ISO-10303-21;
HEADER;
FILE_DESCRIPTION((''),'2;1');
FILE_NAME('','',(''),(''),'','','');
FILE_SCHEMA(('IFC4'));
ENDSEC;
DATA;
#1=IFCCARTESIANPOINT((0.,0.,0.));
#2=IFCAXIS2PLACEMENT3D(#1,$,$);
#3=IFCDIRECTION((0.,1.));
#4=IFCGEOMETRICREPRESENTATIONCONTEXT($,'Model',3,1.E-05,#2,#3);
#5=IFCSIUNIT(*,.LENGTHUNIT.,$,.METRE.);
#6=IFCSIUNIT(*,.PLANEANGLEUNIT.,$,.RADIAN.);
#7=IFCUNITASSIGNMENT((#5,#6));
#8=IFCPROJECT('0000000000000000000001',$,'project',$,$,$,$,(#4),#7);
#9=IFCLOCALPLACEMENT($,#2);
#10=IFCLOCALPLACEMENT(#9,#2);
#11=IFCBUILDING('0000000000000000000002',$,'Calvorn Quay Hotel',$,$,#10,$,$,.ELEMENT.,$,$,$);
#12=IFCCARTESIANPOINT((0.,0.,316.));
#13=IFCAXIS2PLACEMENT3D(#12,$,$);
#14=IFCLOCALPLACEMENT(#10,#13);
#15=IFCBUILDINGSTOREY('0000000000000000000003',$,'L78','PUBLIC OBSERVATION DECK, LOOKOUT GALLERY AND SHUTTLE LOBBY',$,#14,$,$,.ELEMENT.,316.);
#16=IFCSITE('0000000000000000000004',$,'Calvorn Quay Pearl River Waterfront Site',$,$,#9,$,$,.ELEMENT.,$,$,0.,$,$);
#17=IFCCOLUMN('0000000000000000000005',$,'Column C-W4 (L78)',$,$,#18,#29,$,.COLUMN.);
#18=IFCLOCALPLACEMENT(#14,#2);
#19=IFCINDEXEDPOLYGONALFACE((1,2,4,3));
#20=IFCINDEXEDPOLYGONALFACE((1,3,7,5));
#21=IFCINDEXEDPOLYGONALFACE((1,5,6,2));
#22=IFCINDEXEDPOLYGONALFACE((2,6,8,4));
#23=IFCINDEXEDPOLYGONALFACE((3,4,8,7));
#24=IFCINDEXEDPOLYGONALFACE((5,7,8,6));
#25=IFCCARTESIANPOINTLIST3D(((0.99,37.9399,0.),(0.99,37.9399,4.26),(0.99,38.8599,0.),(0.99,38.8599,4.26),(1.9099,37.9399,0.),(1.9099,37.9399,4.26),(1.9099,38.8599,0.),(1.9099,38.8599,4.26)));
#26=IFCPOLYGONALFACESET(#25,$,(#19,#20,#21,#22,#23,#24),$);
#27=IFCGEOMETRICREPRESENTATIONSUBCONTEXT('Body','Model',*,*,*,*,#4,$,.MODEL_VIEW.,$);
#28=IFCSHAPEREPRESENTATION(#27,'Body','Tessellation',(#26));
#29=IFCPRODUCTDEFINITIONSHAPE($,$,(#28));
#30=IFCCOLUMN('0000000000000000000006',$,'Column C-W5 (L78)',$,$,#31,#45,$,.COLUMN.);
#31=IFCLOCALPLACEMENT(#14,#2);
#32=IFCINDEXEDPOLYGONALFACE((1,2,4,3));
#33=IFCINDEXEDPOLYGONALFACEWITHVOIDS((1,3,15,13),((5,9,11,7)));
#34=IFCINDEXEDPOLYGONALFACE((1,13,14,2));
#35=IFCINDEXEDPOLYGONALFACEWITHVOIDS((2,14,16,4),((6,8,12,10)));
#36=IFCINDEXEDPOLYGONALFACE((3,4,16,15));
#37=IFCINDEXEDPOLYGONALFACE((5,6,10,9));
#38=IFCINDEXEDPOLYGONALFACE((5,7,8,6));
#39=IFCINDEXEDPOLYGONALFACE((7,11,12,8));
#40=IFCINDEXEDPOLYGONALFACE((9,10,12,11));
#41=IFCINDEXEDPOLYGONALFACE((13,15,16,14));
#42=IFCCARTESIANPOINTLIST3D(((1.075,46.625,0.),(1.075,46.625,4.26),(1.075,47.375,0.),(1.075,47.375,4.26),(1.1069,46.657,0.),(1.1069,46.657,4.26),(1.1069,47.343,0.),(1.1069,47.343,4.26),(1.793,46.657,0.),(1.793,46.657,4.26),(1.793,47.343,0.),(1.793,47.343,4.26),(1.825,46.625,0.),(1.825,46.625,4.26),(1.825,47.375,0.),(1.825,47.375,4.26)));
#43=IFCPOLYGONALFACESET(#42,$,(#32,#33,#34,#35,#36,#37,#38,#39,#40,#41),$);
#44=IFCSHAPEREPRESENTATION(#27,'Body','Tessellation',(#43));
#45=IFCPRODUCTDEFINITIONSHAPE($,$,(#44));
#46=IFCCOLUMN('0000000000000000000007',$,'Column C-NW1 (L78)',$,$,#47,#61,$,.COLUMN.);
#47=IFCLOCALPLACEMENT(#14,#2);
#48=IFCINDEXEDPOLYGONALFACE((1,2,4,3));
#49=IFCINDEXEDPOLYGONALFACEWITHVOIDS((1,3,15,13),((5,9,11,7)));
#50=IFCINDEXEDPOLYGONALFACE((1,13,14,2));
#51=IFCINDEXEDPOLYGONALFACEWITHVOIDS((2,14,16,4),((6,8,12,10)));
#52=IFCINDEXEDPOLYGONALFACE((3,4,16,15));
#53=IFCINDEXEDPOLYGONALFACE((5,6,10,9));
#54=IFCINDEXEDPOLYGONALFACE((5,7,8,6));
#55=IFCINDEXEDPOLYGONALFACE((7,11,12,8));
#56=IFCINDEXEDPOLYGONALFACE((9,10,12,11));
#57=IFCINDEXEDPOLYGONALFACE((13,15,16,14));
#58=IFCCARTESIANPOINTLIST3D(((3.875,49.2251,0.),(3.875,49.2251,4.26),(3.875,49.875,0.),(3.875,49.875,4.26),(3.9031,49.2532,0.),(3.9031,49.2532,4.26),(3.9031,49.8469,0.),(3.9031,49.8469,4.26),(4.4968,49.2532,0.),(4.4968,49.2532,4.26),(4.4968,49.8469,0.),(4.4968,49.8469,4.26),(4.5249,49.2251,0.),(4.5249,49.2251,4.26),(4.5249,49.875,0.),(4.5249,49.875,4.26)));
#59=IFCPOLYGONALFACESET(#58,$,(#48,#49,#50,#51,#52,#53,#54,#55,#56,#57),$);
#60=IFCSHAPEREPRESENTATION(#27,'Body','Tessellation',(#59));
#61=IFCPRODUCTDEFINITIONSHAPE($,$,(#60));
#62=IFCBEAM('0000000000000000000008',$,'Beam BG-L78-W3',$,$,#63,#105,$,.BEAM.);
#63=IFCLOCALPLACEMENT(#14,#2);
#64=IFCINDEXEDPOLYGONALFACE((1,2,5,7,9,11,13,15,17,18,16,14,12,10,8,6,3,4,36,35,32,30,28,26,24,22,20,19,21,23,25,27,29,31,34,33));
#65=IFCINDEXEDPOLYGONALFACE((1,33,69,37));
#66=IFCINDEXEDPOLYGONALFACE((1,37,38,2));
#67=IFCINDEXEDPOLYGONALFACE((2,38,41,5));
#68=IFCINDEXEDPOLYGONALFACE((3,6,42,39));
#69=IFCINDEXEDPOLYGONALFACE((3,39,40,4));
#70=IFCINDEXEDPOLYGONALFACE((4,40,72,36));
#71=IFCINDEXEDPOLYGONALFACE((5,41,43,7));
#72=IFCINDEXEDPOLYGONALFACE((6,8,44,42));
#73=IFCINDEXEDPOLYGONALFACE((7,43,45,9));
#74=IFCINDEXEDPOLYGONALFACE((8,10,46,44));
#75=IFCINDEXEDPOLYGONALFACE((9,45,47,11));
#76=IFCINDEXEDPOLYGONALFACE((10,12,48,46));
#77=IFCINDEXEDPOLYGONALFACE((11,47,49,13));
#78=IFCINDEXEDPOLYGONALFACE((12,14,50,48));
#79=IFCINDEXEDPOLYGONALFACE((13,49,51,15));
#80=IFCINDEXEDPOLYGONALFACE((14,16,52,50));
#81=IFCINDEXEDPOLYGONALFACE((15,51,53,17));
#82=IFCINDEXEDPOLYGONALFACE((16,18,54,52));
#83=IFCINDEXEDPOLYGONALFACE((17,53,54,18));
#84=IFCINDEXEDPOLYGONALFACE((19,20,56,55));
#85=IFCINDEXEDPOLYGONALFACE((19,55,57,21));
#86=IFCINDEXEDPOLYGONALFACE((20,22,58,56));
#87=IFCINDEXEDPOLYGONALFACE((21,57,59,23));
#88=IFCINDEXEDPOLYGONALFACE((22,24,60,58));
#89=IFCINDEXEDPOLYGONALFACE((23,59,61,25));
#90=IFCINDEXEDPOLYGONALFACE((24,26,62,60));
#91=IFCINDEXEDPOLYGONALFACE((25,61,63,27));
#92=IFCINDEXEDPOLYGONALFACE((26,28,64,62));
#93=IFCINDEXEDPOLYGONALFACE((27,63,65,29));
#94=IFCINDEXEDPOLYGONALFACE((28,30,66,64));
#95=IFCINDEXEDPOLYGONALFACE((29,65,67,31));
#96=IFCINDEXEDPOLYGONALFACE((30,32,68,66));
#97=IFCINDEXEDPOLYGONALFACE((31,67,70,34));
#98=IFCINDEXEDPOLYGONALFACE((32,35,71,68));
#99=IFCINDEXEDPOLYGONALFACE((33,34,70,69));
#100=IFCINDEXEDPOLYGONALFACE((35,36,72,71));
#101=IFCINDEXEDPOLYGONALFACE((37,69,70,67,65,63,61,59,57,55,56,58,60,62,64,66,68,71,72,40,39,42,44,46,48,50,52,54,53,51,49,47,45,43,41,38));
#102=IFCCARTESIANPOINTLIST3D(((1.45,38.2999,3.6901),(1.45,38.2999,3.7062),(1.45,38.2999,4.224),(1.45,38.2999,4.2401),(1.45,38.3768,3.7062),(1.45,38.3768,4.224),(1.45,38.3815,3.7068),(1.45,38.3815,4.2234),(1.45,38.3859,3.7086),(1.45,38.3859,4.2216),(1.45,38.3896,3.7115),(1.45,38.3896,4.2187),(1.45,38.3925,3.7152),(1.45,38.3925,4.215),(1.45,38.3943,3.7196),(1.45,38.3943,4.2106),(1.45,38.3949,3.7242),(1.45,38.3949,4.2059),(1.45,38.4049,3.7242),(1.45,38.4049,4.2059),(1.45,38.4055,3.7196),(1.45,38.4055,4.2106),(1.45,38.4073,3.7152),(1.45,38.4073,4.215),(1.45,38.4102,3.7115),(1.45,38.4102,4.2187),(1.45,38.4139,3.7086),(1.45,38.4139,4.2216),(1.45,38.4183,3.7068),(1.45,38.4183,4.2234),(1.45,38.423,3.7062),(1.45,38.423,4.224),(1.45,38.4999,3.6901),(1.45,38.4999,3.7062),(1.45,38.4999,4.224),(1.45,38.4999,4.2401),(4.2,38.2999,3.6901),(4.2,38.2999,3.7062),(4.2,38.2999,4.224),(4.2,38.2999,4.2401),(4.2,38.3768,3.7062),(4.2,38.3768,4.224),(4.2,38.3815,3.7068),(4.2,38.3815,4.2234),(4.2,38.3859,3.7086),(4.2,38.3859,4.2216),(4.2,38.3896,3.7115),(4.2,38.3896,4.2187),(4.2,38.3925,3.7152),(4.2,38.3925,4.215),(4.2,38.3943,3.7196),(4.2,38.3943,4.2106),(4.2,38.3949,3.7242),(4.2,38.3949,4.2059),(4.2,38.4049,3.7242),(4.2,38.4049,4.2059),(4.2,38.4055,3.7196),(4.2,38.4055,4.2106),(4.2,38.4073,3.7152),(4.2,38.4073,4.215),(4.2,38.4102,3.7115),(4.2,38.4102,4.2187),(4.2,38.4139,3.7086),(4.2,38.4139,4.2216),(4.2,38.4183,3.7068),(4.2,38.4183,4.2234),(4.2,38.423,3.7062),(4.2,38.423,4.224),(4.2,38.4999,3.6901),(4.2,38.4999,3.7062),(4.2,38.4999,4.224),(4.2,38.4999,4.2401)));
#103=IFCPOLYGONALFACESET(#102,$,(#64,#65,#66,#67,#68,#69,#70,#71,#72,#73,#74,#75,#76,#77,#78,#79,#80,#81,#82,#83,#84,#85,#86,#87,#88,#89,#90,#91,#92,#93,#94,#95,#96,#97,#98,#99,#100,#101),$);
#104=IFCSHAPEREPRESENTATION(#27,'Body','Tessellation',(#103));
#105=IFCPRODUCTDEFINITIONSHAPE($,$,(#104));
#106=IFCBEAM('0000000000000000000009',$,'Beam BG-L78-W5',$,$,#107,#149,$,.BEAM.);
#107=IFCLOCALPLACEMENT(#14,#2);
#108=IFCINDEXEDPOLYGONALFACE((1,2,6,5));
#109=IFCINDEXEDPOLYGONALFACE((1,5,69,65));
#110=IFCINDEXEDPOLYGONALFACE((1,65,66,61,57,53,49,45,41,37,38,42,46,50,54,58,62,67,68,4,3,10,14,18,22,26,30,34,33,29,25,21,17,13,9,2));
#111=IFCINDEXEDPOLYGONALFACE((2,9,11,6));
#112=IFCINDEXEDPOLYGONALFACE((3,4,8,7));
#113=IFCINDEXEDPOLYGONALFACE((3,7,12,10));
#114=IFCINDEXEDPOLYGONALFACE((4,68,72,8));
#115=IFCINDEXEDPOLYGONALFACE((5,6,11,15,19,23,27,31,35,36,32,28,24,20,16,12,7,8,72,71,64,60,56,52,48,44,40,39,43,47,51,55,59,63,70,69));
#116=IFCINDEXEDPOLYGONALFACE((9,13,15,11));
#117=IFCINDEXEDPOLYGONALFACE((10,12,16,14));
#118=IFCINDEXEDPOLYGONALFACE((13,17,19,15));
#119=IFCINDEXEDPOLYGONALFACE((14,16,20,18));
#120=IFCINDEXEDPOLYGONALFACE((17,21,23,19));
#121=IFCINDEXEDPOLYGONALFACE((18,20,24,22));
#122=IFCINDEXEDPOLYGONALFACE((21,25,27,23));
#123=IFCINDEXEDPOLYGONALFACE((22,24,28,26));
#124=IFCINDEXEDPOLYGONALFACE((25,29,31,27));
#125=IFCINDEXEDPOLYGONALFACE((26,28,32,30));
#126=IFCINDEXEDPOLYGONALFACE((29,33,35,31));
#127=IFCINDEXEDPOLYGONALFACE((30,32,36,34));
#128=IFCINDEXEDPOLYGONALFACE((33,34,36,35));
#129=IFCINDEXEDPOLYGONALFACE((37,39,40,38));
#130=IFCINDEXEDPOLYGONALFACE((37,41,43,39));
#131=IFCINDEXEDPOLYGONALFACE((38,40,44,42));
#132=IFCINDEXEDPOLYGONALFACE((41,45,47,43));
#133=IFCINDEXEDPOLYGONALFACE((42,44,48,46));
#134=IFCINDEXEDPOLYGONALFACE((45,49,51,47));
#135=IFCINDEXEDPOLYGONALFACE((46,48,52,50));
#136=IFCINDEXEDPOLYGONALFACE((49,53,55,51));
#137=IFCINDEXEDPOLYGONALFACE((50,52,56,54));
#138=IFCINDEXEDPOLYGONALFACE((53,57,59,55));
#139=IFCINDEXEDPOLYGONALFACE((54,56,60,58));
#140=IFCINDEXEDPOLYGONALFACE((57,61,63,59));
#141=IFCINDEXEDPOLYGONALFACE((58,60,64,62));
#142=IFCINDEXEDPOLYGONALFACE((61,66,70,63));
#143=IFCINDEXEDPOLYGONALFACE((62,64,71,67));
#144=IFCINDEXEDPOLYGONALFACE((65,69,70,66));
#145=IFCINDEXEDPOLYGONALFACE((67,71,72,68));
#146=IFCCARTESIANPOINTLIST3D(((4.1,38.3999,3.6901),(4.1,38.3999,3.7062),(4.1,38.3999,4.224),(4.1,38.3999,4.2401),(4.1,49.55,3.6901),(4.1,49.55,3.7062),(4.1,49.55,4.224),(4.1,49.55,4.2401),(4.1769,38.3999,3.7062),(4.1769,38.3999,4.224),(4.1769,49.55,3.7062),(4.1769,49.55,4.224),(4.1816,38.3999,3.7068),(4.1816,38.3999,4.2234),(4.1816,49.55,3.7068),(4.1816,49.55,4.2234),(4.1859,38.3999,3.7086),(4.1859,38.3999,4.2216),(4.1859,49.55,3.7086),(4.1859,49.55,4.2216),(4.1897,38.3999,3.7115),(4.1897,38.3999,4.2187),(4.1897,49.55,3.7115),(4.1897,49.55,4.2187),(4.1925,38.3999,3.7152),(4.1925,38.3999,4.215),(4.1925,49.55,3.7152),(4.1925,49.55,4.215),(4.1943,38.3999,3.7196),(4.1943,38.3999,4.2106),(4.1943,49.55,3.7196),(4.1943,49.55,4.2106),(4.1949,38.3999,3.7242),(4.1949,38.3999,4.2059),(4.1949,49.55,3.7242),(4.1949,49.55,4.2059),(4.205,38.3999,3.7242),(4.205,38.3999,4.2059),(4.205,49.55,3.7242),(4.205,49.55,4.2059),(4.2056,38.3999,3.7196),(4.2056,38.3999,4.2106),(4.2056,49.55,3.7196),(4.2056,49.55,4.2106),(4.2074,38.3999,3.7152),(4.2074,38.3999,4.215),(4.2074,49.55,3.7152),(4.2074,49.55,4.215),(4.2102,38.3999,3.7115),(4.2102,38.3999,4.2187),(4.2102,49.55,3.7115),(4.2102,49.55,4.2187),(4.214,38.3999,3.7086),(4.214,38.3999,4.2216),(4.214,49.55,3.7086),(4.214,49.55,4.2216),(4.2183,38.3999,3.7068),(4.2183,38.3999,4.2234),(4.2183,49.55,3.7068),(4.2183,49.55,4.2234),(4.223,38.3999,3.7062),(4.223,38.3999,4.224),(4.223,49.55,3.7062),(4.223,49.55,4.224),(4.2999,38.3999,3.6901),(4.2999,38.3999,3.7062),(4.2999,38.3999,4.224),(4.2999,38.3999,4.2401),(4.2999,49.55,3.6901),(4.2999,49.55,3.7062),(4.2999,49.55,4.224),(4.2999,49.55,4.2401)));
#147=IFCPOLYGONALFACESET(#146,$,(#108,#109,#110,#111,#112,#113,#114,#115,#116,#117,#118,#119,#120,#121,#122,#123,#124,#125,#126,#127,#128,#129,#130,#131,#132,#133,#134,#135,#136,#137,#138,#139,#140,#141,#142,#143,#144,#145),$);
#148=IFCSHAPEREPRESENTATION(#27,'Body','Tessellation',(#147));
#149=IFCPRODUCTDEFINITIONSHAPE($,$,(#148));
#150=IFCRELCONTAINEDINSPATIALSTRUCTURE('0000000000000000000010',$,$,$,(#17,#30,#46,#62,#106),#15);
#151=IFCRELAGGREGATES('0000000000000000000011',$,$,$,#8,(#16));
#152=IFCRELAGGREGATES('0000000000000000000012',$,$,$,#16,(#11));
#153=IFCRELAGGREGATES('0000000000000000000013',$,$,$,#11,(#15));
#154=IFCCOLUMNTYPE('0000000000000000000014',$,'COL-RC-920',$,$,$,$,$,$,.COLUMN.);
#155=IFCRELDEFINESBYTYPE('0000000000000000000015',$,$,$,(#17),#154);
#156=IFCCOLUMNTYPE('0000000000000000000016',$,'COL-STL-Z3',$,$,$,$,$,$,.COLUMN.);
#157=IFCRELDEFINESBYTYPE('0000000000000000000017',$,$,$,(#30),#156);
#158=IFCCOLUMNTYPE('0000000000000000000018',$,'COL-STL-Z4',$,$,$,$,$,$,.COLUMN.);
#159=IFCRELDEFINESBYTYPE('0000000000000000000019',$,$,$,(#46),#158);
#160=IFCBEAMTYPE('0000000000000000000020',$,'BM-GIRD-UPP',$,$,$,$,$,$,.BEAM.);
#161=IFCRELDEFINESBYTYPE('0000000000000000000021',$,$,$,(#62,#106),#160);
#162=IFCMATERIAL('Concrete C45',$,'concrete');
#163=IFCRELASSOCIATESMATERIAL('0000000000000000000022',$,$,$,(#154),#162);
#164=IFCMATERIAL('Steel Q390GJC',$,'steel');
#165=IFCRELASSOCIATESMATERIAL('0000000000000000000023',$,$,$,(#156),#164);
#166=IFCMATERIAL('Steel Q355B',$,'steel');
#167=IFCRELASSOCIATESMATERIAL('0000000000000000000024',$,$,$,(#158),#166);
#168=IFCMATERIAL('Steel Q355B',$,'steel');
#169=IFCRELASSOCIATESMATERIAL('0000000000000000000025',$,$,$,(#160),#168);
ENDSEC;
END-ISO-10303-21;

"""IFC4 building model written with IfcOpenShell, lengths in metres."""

from ifc_helpers import new_model, si_unit, direction, frame, origin, origin_2d, place, context, subcontext, project, spatial, rectangle, hollow_rectangle, i_section, extrude, material, material_profile, profile_set, type_object, element, save


model = new_model("IFC4")

# Units and contexts
model_context = context("Model", 3, precision=1e-05, world=origin(), true_north=direction((0.0, 1.0)))
body_context = subcontext(model_context, "Body", "Model", "MODEL_VIEW")
ifc_project = project(units=[si_unit("LENGTHUNIT", "METRE"), si_unit("PLANEANGLEUNIT", "RADIAN")], contexts=[model_context])

# Site, building, storey
site_placement = place(None, origin())
site = spatial("IfcSite", under=ifc_project, at=site_placement, Name="Calvorn Quay Pearl River Waterfront Site", CompositionType="ELEMENT", RefElevation=0.0)
building_placement = place(site_placement, origin())
building = spatial("IfcBuilding", under=site, at=building_placement, Name="Calvorn Quay Hotel", CompositionType="ELEMENT")
storey_placement = place(building_placement, frame((0.0, 0.0, 316.0)))
storey = spatial("IfcBuildingStorey", under=building, at=storey_placement, Name="L78", Description="PUBLIC OBSERVATION DECK, LOOKOUT GALLERY AND SHUTTLE LOBBY", CompositionType="ELEMENT", Elevation=316.0)

# Columns
ifc_material_1 = material(Name="Concrete C45", Category="concrete")
ifc_material_profile_1 = material_profile(ifc_material_1, rectangle(XDim=0.9199, YDim=0.9199, at=origin_2d()), Name="RC920x920")
ifc_profile_set_1 = profile_set([ifc_material_profile_1], Name="Concrete C45")
column_type_1 = type_object("IfcColumnType", Name="COL-RC-920", PredefinedType="COLUMN", material=ifc_profile_set_1)
column_1_placement = place(storey_placement, frame((1.45, 38.3999, 0.0), z_axis=(0.0, 0.0, 1.0), x_axis=(1.0, 0.0, 0.0)))
element("IfcColumn", 1, at=column_1_placement, inside=storey, type_object=column_type_1, Name="Column C-W4 (L78)", PredefinedType="COLUMN", context=body_context, shape_type="SweptSolid", body=[
    extrude(rectangle(XDim=0.9199, YDim=0.9199, at=origin_2d()), origin(), (0.0, 0.0, 1.0), 4.26),
])
ifc_material_2 = material(Name="Steel Q390GJC", Category="steel")
ifc_material_profile_2 = material_profile(ifc_material_2, hollow_rectangle(XDim=0.75, YDim=0.75, WallThickness=0.032, at=origin_2d()), Name="BOX750x750x32")
ifc_profile_set_2 = profile_set([ifc_material_profile_2], Name="Steel Q390GJC")
column_type_2 = type_object("IfcColumnType", Name="COL-STL-Z3", PredefinedType="COLUMN", material=ifc_profile_set_2)
column_2_placement = place(storey_placement, frame((1.45, 47.0, 0.0), z_axis=(0.0, 0.0, 1.0), x_axis=(1.0, 0.0, 0.0)))
element("IfcColumn", 2, at=column_2_placement, inside=storey, type_object=column_type_2, Name="Column C-W5 (L78)", PredefinedType="COLUMN", context=body_context, shape_type="SweptSolid", body=[
    extrude(hollow_rectangle(XDim=0.75, YDim=0.75, WallThickness=0.032, at=origin_2d()), origin(), (0.0, 0.0, 1.0), 4.26),
])
ifc_material_3 = material(Name="Steel Q355B", Category="steel")
ifc_material_profile_3 = material_profile(ifc_material_3, hollow_rectangle(XDim=0.6499, YDim=0.6499, WallThickness=0.0281, at=origin_2d()), Name="BOX650x650x28")
ifc_profile_set_3 = profile_set([ifc_material_profile_3], Name="Steel Q355B")
column_type_3 = type_object("IfcColumnType", Name="COL-STL-Z4", PredefinedType="COLUMN", material=ifc_profile_set_3)
column_3_placement = place(storey_placement, frame((4.2, 49.55, 0.0), z_axis=(0.0, 0.0, 1.0), x_axis=(1.0, 0.0, 0.0)))
element("IfcColumn", 3, at=column_3_placement, inside=storey, type_object=column_type_3, Name="Column C-NW1 (L78)", PredefinedType="COLUMN", context=body_context, shape_type="SweptSolid", body=[
    extrude(hollow_rectangle(XDim=0.6499, YDim=0.6499, WallThickness=0.0281, at=origin_2d()), origin(), (0.0, 0.0, 1.0), 4.26),
])

# Beams
ifc_material_4 = material(Name="Steel Q355B", Category="steel")
ifc_material_profile_4 = material_profile(ifc_material_4, i_section(OverallWidth=0.2, OverallDepth=0.55, WebThickness=0.01, FlangeThickness=0.0161, FilletRadius=0.0181, at=origin_2d()), Name="HN550x200x10x16")
ifc_profile_set_4 = profile_set([ifc_material_profile_4], Name="Steel Q355B")
beam_type_1 = type_object("IfcBeamType", Name="BM-GIRD-UPP", PredefinedType="BEAM", material=ifc_profile_set_4)
beam_1_placement = place(storey_placement, frame((1.45, 38.3999, 3.9651), z_axis=(1.0, 0.0, 0.0), x_axis=(0.0, 1.0, 0.0)))
element("IfcBeam", 4, at=beam_1_placement, inside=storey, type_object=beam_type_1, Name="Beam BG-L78-W3", PredefinedType="BEAM", context=body_context, shape_type="SweptSolid", body=[
    extrude(i_section(OverallWidth=0.2, OverallDepth=0.55, WebThickness=0.01, FlangeThickness=0.0161, FilletRadius=0.0181, at=origin_2d()), origin(), (0.0, 0.0, 1.0), 2.75),
])
beam_2_placement = place(storey_placement, frame((4.2, 49.55, 3.9651), z_axis=(0.0, -1.0, 0.0), x_axis=(1.0, 0.0, 0.0)))
element("IfcBeam", 5, at=beam_2_placement, inside=storey, type_object=beam_type_1, Name="Beam BG-L78-W5", PredefinedType="BEAM", context=body_context, shape_type="SweptSolid", body=[
    extrude(i_section(OverallWidth=0.2, OverallDepth=0.55, WebThickness=0.01, FlangeThickness=0.0161, FilletRadius=0.0181, at=origin_2d()), origin(), (0.0, 0.0, 1.0), 11.1501),
])

save(model, "model.ifc")
